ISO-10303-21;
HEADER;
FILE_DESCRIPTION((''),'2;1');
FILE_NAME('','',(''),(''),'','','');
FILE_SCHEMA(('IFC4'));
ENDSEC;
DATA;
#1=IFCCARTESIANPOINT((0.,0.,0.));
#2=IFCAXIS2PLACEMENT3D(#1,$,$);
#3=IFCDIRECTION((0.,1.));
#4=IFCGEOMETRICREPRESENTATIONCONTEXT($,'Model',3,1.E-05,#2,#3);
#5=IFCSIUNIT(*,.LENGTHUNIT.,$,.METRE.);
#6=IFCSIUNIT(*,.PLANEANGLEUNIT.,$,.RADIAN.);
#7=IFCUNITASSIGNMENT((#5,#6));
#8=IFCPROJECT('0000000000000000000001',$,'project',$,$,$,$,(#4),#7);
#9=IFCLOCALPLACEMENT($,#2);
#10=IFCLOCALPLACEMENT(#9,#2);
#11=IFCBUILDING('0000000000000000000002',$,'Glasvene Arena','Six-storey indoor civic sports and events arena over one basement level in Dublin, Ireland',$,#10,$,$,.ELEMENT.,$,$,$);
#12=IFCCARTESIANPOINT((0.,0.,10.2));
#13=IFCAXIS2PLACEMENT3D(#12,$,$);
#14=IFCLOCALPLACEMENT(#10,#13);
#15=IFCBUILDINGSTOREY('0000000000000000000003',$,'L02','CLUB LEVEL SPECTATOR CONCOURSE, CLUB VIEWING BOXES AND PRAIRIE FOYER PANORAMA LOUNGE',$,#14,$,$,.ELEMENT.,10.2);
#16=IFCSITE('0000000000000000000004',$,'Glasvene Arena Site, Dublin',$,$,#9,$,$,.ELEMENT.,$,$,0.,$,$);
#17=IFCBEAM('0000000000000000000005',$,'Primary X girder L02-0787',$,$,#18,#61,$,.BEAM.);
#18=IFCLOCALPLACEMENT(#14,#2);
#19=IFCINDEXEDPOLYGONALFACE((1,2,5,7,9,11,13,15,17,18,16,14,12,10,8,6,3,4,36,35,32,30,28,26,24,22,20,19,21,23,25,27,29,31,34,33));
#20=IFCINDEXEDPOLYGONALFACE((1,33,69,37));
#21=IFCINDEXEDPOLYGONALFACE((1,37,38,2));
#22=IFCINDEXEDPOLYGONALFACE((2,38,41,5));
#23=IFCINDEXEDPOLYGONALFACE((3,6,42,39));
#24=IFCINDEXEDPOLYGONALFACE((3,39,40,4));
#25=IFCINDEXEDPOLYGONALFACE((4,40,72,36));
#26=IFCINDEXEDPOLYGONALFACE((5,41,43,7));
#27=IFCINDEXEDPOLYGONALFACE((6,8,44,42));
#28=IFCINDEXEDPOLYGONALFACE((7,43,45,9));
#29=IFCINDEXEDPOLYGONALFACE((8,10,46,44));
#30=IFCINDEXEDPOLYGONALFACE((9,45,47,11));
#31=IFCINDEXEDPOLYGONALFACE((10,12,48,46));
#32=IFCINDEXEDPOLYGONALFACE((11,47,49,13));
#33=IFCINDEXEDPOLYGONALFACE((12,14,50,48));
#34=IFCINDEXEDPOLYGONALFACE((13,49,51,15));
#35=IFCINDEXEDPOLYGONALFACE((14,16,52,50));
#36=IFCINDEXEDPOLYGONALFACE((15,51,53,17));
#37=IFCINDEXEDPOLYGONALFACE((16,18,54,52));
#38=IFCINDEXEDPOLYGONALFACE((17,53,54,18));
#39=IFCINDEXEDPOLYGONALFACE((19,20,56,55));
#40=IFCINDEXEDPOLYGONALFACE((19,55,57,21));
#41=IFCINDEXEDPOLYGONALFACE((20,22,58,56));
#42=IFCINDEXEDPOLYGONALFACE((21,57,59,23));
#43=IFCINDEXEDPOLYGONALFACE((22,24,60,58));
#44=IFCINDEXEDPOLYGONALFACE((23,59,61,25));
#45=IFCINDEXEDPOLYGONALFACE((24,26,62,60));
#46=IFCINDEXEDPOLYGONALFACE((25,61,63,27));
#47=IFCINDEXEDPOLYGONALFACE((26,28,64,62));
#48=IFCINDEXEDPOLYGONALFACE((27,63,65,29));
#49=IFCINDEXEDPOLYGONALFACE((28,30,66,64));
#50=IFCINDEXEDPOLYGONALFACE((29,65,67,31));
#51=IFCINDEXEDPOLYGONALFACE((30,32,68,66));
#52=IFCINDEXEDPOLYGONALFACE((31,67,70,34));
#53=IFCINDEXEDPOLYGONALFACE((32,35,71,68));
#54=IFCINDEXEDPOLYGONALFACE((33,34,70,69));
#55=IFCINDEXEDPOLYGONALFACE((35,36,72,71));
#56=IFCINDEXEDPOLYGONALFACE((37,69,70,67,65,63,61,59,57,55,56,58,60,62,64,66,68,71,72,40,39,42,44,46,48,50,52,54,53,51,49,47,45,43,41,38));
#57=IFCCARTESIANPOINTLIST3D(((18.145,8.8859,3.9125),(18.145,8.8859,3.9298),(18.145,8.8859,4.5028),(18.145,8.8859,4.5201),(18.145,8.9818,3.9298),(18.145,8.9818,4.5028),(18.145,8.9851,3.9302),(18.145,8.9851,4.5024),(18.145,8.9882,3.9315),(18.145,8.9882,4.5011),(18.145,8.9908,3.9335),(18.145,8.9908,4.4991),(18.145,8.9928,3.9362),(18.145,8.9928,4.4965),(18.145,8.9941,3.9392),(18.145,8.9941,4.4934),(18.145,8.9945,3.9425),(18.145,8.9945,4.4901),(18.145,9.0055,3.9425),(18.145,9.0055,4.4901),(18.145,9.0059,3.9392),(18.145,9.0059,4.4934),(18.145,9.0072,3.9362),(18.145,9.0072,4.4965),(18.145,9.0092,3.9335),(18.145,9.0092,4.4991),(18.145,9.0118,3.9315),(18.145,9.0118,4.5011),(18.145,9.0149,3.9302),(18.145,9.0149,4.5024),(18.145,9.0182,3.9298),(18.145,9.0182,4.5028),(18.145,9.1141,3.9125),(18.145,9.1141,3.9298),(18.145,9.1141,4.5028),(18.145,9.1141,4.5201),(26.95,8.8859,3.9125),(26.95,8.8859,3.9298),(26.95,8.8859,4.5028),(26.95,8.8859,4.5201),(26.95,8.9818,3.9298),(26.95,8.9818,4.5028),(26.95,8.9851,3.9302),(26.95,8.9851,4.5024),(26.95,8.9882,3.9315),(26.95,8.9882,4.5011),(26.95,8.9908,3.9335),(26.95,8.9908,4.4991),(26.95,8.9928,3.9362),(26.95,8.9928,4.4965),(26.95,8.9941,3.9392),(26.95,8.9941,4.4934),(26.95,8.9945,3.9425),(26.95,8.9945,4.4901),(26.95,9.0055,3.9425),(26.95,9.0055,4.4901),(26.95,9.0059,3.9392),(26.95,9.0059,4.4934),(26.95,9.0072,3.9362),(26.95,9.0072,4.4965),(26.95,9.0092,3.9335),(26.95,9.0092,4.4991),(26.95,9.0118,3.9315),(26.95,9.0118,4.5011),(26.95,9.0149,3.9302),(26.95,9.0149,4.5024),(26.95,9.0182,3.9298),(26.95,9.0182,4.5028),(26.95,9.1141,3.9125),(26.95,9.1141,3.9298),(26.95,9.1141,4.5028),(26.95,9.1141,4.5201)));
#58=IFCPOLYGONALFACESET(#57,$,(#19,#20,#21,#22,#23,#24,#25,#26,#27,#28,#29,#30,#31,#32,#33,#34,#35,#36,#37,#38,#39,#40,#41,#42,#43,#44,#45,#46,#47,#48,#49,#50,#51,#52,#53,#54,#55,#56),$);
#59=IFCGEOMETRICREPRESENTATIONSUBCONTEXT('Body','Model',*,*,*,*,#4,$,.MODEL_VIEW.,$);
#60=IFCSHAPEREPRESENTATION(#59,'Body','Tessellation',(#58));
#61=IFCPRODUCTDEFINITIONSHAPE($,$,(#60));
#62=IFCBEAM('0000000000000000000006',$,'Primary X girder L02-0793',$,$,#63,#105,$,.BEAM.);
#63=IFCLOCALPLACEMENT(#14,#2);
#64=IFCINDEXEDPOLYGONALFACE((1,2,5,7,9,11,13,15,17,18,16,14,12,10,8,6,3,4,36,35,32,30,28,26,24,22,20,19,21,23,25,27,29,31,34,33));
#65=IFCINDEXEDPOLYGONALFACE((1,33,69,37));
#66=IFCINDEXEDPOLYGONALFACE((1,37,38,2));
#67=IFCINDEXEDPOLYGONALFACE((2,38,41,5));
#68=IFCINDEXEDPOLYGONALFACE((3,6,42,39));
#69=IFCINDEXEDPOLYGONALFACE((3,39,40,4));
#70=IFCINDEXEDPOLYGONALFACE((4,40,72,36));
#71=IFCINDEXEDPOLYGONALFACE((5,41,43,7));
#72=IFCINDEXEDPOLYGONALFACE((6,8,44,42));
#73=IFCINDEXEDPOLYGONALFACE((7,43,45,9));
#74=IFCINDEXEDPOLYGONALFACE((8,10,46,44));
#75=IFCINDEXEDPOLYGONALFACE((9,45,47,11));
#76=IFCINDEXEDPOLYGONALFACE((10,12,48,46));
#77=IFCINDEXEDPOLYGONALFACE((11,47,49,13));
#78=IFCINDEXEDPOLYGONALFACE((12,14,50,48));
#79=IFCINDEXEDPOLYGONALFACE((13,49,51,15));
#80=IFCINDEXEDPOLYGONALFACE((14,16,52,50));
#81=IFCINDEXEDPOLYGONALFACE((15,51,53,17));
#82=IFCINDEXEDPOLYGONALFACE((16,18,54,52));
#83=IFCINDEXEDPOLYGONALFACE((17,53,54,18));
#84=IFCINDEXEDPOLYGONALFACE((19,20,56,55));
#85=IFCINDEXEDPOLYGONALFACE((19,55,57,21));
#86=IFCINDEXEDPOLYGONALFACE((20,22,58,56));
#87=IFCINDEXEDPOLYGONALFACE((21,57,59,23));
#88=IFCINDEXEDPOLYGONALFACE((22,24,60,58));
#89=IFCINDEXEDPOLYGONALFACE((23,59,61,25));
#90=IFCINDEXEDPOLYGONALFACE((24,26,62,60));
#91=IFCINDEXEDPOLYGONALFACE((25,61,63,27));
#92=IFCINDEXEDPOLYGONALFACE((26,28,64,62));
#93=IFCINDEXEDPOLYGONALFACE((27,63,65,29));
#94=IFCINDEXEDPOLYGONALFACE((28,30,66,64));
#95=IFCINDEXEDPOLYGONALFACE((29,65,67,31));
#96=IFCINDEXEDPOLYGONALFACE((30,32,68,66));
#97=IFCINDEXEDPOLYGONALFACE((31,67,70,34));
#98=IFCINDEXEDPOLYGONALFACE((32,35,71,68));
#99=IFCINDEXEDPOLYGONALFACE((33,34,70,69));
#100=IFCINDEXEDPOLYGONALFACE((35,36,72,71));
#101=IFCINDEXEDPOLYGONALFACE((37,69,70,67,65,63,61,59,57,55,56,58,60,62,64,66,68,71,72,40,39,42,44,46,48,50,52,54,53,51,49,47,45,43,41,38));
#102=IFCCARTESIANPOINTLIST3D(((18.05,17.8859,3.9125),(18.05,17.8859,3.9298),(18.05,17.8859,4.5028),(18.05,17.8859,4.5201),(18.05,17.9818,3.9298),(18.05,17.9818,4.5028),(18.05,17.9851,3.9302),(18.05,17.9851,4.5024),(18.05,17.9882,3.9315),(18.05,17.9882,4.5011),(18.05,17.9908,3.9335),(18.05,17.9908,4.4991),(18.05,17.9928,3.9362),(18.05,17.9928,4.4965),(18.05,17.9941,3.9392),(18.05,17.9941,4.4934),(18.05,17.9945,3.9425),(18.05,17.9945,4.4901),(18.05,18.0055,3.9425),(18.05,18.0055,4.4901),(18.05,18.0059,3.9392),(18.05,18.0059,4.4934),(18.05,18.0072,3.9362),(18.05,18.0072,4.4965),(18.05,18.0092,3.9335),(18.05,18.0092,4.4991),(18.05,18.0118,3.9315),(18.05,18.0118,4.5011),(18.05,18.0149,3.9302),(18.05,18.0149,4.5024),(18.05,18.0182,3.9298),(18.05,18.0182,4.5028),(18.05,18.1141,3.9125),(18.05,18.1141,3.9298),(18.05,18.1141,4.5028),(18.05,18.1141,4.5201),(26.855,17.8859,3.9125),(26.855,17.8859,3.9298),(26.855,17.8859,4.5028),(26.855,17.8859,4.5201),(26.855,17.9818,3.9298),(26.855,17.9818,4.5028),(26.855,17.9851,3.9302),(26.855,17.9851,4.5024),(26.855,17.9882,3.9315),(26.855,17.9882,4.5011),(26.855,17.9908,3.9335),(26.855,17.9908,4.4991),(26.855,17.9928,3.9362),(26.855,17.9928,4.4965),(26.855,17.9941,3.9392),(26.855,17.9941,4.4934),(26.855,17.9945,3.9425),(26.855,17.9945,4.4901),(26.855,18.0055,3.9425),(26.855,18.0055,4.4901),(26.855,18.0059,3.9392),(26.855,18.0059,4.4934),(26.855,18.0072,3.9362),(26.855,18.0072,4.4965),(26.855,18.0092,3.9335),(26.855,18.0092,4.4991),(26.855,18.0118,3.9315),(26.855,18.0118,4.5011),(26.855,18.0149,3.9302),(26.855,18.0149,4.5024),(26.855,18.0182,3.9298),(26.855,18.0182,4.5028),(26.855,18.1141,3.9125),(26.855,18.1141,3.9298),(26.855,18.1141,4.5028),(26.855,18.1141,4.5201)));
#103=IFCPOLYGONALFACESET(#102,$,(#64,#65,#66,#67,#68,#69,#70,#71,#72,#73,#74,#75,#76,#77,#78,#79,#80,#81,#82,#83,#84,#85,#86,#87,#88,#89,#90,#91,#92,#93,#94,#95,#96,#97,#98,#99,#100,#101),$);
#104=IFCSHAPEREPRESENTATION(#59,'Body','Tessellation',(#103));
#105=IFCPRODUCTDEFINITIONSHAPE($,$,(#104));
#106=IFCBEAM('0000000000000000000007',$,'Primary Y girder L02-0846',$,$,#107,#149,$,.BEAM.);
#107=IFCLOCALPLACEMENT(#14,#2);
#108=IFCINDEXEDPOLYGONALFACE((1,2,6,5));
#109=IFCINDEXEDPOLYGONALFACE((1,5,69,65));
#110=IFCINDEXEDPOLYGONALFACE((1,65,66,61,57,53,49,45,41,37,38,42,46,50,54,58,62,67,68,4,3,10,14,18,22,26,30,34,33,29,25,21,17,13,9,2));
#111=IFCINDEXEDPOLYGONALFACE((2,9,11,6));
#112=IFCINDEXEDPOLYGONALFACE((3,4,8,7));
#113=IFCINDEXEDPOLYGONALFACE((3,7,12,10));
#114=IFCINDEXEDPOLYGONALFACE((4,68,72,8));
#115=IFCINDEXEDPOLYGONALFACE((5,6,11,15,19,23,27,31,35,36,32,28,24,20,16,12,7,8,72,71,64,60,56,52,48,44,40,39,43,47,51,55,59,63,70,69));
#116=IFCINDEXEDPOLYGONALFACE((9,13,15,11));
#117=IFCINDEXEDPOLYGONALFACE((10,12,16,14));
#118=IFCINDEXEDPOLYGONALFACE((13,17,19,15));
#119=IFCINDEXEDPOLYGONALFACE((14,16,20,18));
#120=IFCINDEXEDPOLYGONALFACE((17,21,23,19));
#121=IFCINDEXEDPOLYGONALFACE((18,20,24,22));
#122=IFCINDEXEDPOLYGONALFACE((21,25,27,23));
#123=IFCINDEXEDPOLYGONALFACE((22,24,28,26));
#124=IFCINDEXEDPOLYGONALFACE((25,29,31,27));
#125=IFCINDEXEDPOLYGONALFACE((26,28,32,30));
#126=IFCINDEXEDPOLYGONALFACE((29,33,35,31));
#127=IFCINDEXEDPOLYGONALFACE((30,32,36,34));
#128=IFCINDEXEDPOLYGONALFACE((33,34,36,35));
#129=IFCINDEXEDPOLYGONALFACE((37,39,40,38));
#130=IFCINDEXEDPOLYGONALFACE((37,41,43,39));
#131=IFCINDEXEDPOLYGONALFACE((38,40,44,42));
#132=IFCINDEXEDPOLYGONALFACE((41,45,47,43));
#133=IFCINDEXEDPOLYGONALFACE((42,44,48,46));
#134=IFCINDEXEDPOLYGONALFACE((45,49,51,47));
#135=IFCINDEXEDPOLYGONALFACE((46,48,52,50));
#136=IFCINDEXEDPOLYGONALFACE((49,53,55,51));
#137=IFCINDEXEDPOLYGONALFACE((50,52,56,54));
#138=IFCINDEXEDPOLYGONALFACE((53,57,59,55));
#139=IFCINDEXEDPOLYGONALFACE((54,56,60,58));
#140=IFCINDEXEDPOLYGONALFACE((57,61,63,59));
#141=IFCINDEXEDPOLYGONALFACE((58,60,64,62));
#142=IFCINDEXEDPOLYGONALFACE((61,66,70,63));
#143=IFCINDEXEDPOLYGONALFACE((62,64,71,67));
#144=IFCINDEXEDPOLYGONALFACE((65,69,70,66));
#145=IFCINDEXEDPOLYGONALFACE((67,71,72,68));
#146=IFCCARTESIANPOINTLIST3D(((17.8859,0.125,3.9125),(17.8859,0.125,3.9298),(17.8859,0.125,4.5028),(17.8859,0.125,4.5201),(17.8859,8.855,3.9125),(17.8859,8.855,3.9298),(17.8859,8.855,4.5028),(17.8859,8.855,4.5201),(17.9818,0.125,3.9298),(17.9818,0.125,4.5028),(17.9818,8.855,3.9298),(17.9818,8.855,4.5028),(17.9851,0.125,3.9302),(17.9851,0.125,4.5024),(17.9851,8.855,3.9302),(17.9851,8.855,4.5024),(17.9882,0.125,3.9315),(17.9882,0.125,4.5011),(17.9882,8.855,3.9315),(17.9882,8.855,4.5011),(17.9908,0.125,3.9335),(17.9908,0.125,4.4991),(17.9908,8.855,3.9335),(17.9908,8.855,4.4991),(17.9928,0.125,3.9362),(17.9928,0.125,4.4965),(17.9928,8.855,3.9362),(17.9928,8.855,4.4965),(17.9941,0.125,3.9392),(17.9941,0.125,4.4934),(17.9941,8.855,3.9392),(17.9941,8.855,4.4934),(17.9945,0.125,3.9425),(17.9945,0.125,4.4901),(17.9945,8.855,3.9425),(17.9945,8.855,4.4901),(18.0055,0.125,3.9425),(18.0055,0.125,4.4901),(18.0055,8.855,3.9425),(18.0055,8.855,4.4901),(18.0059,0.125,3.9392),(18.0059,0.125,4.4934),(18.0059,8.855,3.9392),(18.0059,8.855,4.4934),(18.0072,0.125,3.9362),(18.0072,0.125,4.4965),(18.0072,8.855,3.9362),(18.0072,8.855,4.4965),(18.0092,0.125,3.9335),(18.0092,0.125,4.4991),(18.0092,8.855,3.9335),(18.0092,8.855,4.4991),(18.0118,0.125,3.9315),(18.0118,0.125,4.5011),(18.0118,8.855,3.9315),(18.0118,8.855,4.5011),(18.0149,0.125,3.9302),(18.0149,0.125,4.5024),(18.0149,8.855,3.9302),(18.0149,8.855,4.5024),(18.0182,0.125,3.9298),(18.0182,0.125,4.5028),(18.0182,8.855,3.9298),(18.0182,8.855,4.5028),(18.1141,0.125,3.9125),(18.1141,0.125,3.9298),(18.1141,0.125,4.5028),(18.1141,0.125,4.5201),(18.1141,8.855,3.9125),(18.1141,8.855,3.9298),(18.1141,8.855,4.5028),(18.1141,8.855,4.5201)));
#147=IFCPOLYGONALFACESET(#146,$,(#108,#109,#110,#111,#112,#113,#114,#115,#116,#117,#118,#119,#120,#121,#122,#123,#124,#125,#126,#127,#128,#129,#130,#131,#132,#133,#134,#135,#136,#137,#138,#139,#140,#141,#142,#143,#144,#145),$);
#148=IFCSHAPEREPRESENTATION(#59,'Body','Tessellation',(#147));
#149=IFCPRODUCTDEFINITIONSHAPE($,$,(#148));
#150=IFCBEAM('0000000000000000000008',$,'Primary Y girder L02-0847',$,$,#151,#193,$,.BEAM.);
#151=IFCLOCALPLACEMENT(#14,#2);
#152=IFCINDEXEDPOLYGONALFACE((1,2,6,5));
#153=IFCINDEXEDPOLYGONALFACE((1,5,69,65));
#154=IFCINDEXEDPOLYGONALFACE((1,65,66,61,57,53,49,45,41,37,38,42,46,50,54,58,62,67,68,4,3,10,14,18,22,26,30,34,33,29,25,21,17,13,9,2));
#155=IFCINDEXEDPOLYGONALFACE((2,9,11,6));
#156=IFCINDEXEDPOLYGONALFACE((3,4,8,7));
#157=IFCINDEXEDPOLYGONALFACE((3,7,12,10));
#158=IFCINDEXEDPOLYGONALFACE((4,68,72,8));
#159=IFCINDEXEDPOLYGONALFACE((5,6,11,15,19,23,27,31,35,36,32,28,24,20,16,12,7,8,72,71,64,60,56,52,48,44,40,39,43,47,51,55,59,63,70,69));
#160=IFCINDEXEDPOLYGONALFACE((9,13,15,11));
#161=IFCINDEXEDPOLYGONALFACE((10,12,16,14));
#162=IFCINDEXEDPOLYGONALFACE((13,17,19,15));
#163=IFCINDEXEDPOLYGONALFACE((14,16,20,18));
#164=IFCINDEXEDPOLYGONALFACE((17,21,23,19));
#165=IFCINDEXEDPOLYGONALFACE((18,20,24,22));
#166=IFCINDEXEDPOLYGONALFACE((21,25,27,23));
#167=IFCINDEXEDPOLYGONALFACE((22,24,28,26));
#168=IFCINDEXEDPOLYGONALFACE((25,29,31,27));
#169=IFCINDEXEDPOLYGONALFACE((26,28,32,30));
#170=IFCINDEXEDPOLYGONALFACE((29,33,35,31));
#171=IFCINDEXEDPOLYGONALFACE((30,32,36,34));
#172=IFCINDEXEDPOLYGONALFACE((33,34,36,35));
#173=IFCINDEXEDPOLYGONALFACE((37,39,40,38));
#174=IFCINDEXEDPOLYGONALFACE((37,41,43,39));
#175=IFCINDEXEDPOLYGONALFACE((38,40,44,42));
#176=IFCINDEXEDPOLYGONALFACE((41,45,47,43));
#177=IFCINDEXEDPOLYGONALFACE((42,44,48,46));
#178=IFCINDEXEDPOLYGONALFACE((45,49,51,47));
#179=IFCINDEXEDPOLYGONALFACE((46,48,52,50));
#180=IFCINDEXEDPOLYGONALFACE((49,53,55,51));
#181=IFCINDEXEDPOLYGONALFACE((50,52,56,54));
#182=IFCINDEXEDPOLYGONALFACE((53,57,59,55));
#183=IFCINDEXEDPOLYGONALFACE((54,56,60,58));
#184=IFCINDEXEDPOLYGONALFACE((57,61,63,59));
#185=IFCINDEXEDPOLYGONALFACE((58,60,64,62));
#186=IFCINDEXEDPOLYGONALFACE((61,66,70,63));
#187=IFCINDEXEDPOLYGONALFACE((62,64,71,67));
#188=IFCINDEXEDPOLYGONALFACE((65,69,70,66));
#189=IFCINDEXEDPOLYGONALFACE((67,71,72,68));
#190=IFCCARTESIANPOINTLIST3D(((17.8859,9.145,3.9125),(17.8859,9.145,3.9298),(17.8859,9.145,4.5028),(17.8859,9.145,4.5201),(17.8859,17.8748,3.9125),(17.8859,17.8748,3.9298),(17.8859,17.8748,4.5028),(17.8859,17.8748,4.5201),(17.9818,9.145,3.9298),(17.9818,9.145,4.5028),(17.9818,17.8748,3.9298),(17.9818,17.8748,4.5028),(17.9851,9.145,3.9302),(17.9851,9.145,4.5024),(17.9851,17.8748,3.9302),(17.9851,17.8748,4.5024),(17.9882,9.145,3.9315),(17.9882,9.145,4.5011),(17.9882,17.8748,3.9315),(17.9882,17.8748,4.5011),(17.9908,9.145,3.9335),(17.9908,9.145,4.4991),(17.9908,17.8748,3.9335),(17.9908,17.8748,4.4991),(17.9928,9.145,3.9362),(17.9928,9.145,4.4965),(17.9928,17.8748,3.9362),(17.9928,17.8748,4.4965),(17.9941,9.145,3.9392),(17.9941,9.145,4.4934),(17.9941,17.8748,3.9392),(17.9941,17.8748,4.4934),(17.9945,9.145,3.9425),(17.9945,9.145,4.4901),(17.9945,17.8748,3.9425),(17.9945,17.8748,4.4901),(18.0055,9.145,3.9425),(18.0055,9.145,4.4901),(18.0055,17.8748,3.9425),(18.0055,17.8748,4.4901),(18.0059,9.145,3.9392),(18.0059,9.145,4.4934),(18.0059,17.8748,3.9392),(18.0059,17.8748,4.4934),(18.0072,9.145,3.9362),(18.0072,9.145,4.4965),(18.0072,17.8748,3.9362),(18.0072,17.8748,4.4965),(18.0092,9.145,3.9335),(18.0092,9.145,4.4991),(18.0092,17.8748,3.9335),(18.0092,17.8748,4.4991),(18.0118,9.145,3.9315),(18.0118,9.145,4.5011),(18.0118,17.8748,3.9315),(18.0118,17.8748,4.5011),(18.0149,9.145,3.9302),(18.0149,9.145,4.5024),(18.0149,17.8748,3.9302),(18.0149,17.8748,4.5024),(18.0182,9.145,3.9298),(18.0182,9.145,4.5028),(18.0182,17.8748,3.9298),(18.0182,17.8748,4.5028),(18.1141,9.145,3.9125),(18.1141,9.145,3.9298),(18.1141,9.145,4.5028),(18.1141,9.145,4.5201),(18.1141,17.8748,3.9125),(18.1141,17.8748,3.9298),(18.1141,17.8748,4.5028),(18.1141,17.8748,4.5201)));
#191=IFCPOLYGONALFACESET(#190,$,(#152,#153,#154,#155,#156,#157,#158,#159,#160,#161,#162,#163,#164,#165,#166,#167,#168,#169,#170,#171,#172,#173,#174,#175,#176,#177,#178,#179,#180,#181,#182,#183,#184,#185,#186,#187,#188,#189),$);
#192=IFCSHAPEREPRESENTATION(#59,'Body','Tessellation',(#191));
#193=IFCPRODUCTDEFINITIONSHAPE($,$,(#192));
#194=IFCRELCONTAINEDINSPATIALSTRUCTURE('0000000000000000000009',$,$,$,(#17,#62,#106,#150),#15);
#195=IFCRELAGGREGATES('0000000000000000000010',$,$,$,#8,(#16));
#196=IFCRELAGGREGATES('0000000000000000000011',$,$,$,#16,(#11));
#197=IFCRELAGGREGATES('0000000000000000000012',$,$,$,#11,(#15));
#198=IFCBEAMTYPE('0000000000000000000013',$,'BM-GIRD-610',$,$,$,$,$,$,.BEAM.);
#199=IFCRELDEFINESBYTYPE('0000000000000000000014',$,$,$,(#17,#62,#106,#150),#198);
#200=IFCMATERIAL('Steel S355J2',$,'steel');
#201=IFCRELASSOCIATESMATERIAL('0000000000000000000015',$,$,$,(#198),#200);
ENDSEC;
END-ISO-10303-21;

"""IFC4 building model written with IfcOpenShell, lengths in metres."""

from ifc_helpers import new_model, si_unit, direction, frame, origin, origin_2d, place, context, subcontext, project, spatial, i_section, extrude, material, material_profile, profile_set, type_object, element, save


model = new_model("IFC4")

# Units and contexts
model_context = context("Model", 3, precision=1e-05, world=origin(), true_north=direction((0.0, 1.0)))
body_context = subcontext(model_context, "Body", "Model", "MODEL_VIEW")
ifc_project = project(units=[si_unit("LENGTHUNIT", "METRE"), si_unit("PLANEANGLEUNIT", "RADIAN")], contexts=[model_context])

# Site, building, storey
site_placement = place(None, origin())
site = spatial("IfcSite", under=ifc_project, at=site_placement, Name="Glasvene Arena Site, Dublin", CompositionType="ELEMENT", RefElevation=0.0)
building_placement = place(site_placement, origin())
building = spatial("IfcBuilding", under=site, at=building_placement, Name="Glasvene Arena", Description="Six-storey indoor civic sports and events arena over one basement level in Dublin, Ireland", CompositionType="ELEMENT")
storey_placement = place(building_placement, frame((0.0, 0.0, 10.2)))
storey = spatial("IfcBuildingStorey", under=building, at=storey_placement, Name="L02", Description="CLUB LEVEL SPECTATOR CONCOURSE, CLUB VIEWING BOXES AND PRAIRIE FOYER PANORAMA LOUNGE", CompositionType="ELEMENT", Elevation=10.2)

# Shared definitions
ifc_material_1 = material(Name="Steel S355J2", Category="steel")

# Beams
ifc_material_profile_1 = material_profile(ifc_material_1, i_section(OverallWidth=0.2283, OverallDepth=0.6077, WebThickness=0.011, FlangeThickness=0.0173, FilletRadius=0.0127, at=origin_2d()), Name="UKB 610x229x113")
ifc_profile_set_1 = profile_set([ifc_material_profile_1], Name="Steel S355J2")
beam_type_1 = type_object("IfcBeamType", Name="BM-GIRD-610", PredefinedType="BEAM", material=ifc_profile_set_1)
for number, where, z_axis, x_axis, name in (
    (1, (18.145, 9.0, 4.2163), (1.0, 0.0, 0.0), (0.0, 1.0, 0.0), "Primary X girder L02-0787"),
    (2, (18.05, 18.0, 4.2163), (1.0, 0.0, 0.0), (0.0, 1.0, 0.0), "Primary X girder L02-0793"),
):
    element("IfcBeam", number, at=place(storey_placement, frame(where, z_axis=z_axis, x_axis=x_axis)), inside=storey, type_object=beam_type_1, Name=name, PredefinedType="BEAM", context=body_context, shape_type="SweptSolid", body=[
        extrude(i_section(OverallWidth=0.2283, OverallDepth=0.6077, WebThickness=0.011, FlangeThickness=0.0173, FilletRadius=0.0127, at=origin_2d()), origin(), (0.0, 0.0, 1.0), 8.8049),
    ])
beam_placement = place(storey_placement, frame((18.0, 0.125, 4.2163), z_axis=(0.0, 1.0, 0.0), x_axis=(-1.0, 0.0, 0.0)))
element("IfcBeam", 3, at=beam_placement, inside=storey, type_object=beam_type_1, Name="Primary Y girder L02-0846", PredefinedType="BEAM", context=body_context, shape_type="SweptSolid", body=[
    extrude(i_section(OverallWidth=0.2283, OverallDepth=0.6077, WebThickness=0.011, FlangeThickness=0.0173, FilletRadius=0.0127, at=origin_2d()), origin(), (0.0, 0.0, 1.0), 8.73),
])
for number, where, z_axis, x_axis, name in (
    (4, (18.0, 9.145, 4.2163), (0.0, 1.0, 0.0), (-1.0, 0.0, 0.0), "Primary Y girder L02-0847"),
):
    element("IfcBeam", number, at=place(storey_placement, frame(where, z_axis=z_axis, x_axis=x_axis)), inside=storey, type_object=beam_type_1, Name=name, PredefinedType="BEAM", context=body_context, shape_type="SweptSolid", body=[
        extrude(i_section(OverallWidth=0.2283, OverallDepth=0.6077, WebThickness=0.011, FlangeThickness=0.0173, FilletRadius=0.0127, at=origin_2d()), origin(), (0.0, 0.0, 1.0), 8.7297),
    ])

save(model, "model.ifc")
